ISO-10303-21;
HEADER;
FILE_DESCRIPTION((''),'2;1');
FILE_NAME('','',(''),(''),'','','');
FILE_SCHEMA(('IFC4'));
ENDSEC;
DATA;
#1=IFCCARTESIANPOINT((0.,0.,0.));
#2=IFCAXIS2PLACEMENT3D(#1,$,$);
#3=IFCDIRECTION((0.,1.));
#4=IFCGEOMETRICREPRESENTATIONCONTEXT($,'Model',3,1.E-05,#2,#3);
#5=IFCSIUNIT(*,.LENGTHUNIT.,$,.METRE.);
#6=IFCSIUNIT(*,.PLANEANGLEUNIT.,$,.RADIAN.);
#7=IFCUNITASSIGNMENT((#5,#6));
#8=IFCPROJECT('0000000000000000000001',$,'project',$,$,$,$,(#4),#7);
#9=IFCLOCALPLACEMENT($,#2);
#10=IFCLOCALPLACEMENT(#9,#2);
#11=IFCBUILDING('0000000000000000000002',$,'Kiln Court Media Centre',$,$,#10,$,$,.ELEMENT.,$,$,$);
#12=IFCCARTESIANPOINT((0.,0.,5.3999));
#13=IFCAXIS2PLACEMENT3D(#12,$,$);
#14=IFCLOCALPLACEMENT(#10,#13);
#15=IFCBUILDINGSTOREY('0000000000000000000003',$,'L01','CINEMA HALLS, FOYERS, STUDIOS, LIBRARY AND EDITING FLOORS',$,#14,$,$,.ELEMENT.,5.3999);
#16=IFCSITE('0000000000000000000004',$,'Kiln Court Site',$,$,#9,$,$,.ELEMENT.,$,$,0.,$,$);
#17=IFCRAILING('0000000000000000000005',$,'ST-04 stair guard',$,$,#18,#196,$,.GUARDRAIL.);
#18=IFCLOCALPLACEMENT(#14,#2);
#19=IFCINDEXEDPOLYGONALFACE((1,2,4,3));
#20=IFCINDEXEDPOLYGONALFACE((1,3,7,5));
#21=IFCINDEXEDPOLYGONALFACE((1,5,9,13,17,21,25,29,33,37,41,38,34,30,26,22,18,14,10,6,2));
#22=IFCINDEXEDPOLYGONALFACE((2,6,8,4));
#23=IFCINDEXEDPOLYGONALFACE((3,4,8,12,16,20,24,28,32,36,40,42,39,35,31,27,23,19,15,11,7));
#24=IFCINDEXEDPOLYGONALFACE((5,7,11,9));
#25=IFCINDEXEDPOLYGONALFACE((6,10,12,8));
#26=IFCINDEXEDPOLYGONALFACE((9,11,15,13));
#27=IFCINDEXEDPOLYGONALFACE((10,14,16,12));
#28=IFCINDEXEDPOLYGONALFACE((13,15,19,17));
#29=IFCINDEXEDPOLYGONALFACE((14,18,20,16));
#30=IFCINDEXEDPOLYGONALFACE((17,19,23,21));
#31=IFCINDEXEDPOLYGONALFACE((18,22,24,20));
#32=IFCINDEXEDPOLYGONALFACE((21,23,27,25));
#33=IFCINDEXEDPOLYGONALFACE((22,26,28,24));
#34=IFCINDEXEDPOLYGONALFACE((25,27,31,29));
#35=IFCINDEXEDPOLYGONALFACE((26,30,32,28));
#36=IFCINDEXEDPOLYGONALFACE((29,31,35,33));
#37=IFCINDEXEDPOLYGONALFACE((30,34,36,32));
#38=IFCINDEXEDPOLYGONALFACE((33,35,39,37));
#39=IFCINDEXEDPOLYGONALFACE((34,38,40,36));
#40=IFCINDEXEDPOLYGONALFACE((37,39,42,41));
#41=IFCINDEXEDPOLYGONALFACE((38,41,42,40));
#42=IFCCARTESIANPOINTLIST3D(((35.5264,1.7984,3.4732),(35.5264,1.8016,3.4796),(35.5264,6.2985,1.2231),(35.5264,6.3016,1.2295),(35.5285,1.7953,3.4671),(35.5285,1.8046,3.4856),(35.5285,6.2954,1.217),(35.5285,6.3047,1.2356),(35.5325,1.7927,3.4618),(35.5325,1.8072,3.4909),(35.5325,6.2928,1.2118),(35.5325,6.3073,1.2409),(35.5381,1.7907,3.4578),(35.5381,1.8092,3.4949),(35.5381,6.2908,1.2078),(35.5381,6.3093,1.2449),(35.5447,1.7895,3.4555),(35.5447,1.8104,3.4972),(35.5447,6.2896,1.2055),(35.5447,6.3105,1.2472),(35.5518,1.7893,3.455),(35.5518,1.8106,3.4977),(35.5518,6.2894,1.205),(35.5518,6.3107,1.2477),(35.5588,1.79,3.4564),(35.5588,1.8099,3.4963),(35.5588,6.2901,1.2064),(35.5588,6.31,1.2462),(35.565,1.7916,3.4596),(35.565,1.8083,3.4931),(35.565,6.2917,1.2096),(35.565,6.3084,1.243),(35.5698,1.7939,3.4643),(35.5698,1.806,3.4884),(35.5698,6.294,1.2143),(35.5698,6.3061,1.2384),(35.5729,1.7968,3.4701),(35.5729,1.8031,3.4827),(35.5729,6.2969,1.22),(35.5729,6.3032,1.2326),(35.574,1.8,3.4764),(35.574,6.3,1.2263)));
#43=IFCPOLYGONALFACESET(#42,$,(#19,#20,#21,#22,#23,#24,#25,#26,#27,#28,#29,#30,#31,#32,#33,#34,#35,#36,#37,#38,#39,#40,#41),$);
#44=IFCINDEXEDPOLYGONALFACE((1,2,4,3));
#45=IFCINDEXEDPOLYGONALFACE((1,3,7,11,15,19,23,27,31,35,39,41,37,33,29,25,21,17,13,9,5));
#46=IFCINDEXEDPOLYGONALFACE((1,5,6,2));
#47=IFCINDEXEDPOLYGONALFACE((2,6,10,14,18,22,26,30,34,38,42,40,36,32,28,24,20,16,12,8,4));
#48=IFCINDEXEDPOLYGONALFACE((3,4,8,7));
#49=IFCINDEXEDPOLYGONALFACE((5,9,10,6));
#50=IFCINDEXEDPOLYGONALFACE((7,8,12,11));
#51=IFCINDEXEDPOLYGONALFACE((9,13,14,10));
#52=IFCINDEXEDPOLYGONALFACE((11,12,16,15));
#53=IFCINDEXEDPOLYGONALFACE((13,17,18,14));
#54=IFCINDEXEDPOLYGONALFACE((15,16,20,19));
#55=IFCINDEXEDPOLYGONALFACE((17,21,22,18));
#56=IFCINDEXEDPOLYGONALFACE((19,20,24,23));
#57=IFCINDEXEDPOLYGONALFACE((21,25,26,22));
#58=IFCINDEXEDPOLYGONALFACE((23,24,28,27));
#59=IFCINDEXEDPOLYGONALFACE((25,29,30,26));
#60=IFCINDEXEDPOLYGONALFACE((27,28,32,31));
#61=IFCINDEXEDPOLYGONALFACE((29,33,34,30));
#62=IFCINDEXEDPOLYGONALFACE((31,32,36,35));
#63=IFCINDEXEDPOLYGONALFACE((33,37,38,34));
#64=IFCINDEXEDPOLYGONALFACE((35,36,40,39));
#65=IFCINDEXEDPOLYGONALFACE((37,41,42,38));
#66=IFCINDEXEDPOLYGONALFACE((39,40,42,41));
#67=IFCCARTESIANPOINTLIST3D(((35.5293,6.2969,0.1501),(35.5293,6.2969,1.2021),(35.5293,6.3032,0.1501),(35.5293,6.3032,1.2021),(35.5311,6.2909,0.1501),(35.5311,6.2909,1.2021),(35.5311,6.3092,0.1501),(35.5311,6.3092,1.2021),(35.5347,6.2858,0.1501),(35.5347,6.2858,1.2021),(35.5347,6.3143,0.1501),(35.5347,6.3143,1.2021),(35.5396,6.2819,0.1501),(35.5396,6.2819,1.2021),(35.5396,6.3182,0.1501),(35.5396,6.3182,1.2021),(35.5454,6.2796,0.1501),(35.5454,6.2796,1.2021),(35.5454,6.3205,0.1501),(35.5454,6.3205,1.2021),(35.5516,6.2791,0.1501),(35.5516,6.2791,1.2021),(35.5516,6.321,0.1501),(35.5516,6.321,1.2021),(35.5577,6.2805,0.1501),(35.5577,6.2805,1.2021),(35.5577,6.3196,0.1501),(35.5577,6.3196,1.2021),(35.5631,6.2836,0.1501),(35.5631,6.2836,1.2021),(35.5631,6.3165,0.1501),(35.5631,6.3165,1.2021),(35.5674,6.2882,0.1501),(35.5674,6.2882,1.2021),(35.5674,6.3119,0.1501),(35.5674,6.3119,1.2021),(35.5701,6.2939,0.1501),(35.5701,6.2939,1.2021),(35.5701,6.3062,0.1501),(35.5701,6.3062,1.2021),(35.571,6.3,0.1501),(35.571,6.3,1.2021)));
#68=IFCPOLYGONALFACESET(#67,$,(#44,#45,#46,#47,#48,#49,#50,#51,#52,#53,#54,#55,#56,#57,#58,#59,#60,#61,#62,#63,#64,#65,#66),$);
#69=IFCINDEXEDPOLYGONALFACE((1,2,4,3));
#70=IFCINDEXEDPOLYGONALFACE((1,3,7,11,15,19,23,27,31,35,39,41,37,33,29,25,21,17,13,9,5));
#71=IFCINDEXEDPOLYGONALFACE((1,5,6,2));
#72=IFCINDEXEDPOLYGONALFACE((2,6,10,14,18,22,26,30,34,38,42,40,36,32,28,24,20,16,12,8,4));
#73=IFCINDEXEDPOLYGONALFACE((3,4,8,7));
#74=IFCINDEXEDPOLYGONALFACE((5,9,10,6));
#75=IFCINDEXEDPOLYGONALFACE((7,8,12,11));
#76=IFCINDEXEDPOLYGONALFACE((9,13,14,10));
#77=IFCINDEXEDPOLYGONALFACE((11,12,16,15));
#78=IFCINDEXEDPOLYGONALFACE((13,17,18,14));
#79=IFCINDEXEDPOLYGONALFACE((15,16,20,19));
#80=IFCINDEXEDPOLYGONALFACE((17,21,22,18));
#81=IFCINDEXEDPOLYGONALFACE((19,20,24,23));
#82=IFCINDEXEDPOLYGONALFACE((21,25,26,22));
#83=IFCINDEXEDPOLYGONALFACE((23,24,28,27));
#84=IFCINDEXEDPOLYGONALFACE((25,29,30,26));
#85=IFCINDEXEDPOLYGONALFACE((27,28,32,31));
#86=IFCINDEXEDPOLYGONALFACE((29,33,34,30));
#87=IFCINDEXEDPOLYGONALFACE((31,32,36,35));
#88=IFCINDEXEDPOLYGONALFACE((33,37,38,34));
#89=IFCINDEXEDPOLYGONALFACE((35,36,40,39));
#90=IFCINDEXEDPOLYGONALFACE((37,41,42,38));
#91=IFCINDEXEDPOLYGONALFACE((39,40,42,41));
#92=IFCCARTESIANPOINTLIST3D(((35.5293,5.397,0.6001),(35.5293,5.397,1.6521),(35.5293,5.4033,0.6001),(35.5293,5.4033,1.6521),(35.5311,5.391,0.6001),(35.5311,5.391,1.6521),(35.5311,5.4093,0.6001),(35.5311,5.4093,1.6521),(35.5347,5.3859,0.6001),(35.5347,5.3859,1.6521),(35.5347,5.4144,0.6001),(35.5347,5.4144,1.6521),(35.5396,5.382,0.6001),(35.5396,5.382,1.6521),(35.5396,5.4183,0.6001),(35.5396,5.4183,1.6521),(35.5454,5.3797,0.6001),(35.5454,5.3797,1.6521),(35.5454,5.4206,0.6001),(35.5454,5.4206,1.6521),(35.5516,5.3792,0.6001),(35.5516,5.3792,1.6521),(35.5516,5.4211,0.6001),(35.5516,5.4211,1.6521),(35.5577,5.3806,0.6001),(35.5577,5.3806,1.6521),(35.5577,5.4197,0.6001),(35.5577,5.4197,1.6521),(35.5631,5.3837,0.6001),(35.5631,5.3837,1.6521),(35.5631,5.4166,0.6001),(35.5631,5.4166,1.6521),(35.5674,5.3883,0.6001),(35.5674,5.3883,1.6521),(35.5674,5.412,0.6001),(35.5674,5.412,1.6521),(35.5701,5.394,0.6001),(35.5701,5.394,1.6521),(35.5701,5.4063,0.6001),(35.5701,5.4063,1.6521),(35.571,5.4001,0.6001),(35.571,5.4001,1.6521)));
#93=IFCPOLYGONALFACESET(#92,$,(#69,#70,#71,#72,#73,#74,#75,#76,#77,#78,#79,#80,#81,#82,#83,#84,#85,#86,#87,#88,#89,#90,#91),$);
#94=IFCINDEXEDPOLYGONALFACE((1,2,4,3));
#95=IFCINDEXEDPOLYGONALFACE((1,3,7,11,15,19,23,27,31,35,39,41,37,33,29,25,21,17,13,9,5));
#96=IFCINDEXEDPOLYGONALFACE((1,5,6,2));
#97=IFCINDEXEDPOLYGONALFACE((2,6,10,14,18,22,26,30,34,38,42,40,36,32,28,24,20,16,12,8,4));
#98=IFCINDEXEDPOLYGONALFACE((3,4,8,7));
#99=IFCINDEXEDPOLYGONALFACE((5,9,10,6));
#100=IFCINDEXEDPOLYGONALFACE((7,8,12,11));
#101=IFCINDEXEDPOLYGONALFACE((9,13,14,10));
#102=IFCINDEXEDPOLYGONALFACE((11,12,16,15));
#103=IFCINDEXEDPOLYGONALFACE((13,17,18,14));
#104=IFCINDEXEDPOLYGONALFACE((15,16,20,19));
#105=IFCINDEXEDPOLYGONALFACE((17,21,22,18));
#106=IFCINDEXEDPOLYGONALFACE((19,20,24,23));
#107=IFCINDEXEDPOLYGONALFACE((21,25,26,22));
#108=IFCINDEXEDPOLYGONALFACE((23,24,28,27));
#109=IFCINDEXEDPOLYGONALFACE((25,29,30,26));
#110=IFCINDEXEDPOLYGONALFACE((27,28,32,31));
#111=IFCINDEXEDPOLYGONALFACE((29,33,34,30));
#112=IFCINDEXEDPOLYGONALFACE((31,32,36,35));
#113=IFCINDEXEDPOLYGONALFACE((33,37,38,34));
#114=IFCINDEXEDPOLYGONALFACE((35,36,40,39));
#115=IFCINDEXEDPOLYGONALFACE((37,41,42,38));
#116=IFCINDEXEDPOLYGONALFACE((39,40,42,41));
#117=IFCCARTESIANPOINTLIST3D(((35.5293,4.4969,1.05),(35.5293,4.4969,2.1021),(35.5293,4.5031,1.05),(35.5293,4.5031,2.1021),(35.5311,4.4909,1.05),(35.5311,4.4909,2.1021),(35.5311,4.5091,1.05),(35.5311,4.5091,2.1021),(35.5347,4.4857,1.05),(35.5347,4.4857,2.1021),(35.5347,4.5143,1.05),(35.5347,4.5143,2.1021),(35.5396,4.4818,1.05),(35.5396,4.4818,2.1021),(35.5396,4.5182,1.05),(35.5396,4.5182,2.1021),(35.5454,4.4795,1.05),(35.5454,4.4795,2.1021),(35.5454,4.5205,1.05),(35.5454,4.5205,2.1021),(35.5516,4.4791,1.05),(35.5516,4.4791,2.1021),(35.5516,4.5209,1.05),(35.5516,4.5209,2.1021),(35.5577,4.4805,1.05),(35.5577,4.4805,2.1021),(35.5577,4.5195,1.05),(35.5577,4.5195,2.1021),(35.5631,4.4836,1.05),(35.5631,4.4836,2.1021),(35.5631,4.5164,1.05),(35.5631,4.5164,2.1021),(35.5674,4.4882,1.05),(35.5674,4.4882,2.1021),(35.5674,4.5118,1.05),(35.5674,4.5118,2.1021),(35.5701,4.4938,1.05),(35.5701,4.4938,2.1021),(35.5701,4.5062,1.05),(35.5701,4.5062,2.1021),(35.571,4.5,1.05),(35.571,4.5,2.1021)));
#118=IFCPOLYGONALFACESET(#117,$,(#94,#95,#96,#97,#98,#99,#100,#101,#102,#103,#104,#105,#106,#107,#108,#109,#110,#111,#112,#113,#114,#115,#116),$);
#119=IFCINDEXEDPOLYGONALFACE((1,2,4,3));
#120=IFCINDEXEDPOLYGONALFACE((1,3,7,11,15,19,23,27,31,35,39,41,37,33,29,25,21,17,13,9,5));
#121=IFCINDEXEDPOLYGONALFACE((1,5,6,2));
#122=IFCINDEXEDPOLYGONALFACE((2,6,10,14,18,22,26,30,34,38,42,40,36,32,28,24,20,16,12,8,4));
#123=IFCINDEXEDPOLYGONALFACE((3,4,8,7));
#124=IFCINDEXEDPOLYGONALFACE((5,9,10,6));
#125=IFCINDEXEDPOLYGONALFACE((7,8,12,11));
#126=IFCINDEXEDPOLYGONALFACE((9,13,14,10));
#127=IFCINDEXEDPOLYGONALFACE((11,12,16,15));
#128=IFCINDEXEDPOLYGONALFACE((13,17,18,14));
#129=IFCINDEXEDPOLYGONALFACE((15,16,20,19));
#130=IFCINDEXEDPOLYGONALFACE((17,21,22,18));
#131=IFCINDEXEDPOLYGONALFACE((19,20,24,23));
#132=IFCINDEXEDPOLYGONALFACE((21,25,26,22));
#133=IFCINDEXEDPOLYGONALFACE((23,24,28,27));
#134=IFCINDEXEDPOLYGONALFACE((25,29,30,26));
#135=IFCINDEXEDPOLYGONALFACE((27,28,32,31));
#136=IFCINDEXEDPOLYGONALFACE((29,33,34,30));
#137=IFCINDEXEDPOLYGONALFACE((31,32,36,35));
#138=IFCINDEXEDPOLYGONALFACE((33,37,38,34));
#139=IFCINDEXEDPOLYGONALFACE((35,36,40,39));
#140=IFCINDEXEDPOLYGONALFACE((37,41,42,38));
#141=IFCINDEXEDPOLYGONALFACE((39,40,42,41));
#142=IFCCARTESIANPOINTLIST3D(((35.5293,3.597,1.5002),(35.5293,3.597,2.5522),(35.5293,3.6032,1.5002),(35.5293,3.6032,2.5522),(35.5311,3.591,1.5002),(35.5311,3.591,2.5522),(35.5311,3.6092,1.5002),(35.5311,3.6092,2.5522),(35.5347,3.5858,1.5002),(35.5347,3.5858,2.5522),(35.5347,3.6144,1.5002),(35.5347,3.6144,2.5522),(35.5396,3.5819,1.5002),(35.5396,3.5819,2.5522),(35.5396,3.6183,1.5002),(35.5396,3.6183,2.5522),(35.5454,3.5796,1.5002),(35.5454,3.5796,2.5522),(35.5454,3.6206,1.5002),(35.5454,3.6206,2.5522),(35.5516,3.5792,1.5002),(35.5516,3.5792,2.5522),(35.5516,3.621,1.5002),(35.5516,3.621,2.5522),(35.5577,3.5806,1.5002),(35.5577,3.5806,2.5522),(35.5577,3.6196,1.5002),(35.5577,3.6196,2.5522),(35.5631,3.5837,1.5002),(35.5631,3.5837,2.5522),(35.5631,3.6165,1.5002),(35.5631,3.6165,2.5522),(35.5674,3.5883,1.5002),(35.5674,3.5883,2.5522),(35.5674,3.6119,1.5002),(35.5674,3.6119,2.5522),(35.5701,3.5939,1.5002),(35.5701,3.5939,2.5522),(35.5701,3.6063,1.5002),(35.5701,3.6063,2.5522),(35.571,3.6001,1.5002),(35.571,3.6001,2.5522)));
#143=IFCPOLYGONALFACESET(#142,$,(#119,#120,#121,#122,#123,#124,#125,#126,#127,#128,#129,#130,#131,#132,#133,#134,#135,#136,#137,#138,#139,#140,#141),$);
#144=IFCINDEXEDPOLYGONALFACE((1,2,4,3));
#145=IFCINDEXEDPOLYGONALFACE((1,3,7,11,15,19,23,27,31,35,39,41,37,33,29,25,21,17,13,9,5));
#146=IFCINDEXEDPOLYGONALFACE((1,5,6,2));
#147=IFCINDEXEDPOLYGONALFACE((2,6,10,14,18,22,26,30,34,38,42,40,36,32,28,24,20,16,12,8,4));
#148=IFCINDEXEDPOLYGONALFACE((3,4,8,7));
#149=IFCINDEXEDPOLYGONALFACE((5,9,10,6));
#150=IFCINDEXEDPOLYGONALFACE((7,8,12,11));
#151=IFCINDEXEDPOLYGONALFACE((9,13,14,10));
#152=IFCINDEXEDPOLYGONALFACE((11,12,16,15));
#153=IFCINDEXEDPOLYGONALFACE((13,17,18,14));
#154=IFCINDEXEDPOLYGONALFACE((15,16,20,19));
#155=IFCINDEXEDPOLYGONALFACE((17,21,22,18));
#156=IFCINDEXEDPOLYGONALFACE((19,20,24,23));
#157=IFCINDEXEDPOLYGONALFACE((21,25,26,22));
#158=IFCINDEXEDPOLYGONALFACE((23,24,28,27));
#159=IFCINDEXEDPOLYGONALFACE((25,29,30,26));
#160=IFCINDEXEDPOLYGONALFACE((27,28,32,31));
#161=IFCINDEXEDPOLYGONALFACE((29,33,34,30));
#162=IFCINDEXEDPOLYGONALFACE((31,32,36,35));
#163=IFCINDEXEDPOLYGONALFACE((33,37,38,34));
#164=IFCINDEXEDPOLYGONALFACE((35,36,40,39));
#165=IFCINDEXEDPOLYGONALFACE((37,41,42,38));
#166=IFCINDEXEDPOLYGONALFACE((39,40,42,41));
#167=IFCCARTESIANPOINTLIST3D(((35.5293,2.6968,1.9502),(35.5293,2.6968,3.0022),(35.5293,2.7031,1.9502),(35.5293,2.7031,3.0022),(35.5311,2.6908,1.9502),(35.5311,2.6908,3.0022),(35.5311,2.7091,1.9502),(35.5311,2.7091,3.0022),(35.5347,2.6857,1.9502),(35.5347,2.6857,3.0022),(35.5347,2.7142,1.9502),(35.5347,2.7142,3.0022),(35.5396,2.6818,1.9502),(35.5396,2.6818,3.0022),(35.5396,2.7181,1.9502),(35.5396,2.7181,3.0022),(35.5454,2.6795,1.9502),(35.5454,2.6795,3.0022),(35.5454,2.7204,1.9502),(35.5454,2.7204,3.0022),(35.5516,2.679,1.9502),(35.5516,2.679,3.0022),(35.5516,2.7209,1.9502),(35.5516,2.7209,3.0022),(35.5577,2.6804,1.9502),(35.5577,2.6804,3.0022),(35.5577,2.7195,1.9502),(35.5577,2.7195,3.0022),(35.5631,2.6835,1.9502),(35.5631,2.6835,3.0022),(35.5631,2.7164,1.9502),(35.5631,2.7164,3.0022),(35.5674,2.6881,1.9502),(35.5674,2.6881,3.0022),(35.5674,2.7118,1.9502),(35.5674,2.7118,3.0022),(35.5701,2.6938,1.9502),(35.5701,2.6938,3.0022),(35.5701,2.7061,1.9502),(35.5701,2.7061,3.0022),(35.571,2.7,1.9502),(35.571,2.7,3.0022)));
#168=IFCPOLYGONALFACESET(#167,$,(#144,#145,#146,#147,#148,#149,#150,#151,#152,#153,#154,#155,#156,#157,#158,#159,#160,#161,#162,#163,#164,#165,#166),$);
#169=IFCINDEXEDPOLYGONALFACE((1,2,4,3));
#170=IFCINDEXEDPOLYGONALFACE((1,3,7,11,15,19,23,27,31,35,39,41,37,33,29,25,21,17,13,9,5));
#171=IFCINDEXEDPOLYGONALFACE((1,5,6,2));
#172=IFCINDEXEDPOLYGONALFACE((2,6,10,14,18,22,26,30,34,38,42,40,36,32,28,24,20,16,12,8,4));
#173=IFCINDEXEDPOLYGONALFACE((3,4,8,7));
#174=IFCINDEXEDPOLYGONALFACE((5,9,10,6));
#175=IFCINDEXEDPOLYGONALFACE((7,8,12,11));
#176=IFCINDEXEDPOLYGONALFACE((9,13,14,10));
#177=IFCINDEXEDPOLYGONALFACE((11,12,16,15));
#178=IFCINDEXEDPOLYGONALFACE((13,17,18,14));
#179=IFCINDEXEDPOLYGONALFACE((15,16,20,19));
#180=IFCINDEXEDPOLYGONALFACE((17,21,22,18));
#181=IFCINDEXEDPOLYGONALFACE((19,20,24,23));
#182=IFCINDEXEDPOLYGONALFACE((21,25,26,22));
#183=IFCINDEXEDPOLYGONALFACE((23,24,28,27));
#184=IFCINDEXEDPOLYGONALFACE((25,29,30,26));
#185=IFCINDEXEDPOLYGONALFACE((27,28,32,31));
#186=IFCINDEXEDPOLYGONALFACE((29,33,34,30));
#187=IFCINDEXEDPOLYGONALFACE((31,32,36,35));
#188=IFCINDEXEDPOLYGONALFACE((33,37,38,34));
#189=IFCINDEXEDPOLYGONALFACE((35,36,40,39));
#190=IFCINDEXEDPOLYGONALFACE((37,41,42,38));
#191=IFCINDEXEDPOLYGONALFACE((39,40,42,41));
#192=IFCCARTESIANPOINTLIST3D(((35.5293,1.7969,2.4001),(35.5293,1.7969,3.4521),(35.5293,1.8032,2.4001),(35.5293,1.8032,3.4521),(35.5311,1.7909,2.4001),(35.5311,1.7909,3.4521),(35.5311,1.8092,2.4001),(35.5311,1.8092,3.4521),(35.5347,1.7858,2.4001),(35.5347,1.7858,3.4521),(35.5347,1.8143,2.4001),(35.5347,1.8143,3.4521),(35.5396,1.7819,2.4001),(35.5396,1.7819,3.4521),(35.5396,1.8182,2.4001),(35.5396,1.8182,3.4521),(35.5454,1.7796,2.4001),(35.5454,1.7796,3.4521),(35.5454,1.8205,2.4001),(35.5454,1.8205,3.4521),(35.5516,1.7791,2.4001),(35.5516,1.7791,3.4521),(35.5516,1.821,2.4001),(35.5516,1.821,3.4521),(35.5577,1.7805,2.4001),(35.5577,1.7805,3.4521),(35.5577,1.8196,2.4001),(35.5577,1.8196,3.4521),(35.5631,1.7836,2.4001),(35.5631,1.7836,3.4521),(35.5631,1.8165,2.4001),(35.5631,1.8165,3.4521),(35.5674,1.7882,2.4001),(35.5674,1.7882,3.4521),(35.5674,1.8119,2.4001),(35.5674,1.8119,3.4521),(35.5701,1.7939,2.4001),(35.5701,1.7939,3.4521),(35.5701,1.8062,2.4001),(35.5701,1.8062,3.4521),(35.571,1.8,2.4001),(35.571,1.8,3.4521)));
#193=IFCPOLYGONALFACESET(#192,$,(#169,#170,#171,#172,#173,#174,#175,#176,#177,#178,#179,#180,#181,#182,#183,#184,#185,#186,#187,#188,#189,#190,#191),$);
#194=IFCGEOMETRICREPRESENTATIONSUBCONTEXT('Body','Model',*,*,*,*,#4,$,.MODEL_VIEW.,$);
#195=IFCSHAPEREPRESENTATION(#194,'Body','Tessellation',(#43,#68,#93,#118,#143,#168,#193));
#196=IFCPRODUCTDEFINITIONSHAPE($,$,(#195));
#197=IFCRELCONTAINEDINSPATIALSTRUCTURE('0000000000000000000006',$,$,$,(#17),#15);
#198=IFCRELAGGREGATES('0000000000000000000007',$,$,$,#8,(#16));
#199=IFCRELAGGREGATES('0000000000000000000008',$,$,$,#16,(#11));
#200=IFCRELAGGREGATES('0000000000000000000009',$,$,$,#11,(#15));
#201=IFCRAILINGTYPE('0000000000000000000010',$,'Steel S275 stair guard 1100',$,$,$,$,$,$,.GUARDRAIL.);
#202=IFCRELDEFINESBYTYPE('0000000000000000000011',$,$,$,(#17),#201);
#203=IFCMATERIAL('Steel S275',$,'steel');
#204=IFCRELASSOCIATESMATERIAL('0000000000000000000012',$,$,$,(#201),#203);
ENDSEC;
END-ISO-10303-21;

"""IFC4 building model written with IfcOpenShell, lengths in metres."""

from ifc_helpers import new_model, si_unit, direction, frame, origin, origin_2d, place, context, subcontext, project, spatial, circle, extrude, material, type_object, element, save


model = new_model("IFC4")

# Units and contexts
model_context = context("Model", 3, precision=1e-05, world=origin(), true_north=direction((0.0, 1.0)))
body_context = subcontext(model_context, "Body", "Model", "MODEL_VIEW")
ifc_project = project(units=[si_unit("LENGTHUNIT", "METRE"), si_unit("PLANEANGLEUNIT", "RADIAN")], contexts=[model_context])

# Site, building, storey
site_placement = place(None, origin())
site = spatial("IfcSite", under=ifc_project, at=site_placement, Name="Kiln Court Site", CompositionType="ELEMENT", RefElevation=0.0)
building_placement = place(site_placement, origin())
building = spatial("IfcBuilding", under=site, at=building_placement, Name="Kiln Court Media Centre", CompositionType="ELEMENT")
storey_placement = place(building_placement, frame((0.0, 0.0, 5.3999)))
storey = spatial("IfcBuildingStorey", under=building, at=storey_placement, Name="L01", Description="CINEMA HALLS, FOYERS, STUDIOS, LIBRARY AND EDITING FLOORS", CompositionType="ELEMENT", Elevation=5.3999)

# Railing
ifc_material_1 = material(Name="Steel S275", Category="steel")
railing_type_1 = type_object("IfcRailingType", Name="Steel S275 stair guard 1100", PredefinedType="GUARDRAIL", material=ifc_material_1)
railing_1_placement = place(storey_placement, frame((35.55, 6.3, 0.1501)))
element("IfcRailing", 1, at=railing_1_placement, inside=storey, type_object=railing_type_1, Name="ST-04 stair guard", PredefinedType="GUARDRAIL", context=body_context, shape_type="SweptSolid", body=[
    extrude(circle(Radius=0.0239, at=origin_2d()), frame((0.0, 0.0, 1.0762), z_axis=(0.0, -0.894427, 0.447214), x_axis=(1.0, 0.0, 0.0)), (0.0, 0.0, 1.0), 5.0312),
    extrude(circle(Radius=0.021, at=origin_2d()), origin(), (0.0, 0.0, 1.0), 1.052),
    extrude(circle(Radius=0.021, at=origin_2d()), frame((0.0, -0.8999, 0.45)), (0.0, 0.0, 1.0), 1.052),
    extrude(circle(Radius=0.021, at=origin_2d()), frame((0.0, -1.8, 0.8999)), (0.0, 0.0, 1.0), 1.052),
    extrude(circle(Radius=0.021, at=origin_2d()), frame((0.0, -2.7, 1.3501)), (0.0, 0.0, 1.0), 1.052),
    extrude(circle(Radius=0.021, at=origin_2d()), frame((0.0, -3.6001, 1.8)), (0.0, 0.0, 1.0), 1.052),
    extrude(circle(Radius=0.021, at=origin_2d()), frame((0.0, -4.5, 2.25)), (0.0, 0.0, 1.0), 1.052),
])

save(model, "model.ifc")
